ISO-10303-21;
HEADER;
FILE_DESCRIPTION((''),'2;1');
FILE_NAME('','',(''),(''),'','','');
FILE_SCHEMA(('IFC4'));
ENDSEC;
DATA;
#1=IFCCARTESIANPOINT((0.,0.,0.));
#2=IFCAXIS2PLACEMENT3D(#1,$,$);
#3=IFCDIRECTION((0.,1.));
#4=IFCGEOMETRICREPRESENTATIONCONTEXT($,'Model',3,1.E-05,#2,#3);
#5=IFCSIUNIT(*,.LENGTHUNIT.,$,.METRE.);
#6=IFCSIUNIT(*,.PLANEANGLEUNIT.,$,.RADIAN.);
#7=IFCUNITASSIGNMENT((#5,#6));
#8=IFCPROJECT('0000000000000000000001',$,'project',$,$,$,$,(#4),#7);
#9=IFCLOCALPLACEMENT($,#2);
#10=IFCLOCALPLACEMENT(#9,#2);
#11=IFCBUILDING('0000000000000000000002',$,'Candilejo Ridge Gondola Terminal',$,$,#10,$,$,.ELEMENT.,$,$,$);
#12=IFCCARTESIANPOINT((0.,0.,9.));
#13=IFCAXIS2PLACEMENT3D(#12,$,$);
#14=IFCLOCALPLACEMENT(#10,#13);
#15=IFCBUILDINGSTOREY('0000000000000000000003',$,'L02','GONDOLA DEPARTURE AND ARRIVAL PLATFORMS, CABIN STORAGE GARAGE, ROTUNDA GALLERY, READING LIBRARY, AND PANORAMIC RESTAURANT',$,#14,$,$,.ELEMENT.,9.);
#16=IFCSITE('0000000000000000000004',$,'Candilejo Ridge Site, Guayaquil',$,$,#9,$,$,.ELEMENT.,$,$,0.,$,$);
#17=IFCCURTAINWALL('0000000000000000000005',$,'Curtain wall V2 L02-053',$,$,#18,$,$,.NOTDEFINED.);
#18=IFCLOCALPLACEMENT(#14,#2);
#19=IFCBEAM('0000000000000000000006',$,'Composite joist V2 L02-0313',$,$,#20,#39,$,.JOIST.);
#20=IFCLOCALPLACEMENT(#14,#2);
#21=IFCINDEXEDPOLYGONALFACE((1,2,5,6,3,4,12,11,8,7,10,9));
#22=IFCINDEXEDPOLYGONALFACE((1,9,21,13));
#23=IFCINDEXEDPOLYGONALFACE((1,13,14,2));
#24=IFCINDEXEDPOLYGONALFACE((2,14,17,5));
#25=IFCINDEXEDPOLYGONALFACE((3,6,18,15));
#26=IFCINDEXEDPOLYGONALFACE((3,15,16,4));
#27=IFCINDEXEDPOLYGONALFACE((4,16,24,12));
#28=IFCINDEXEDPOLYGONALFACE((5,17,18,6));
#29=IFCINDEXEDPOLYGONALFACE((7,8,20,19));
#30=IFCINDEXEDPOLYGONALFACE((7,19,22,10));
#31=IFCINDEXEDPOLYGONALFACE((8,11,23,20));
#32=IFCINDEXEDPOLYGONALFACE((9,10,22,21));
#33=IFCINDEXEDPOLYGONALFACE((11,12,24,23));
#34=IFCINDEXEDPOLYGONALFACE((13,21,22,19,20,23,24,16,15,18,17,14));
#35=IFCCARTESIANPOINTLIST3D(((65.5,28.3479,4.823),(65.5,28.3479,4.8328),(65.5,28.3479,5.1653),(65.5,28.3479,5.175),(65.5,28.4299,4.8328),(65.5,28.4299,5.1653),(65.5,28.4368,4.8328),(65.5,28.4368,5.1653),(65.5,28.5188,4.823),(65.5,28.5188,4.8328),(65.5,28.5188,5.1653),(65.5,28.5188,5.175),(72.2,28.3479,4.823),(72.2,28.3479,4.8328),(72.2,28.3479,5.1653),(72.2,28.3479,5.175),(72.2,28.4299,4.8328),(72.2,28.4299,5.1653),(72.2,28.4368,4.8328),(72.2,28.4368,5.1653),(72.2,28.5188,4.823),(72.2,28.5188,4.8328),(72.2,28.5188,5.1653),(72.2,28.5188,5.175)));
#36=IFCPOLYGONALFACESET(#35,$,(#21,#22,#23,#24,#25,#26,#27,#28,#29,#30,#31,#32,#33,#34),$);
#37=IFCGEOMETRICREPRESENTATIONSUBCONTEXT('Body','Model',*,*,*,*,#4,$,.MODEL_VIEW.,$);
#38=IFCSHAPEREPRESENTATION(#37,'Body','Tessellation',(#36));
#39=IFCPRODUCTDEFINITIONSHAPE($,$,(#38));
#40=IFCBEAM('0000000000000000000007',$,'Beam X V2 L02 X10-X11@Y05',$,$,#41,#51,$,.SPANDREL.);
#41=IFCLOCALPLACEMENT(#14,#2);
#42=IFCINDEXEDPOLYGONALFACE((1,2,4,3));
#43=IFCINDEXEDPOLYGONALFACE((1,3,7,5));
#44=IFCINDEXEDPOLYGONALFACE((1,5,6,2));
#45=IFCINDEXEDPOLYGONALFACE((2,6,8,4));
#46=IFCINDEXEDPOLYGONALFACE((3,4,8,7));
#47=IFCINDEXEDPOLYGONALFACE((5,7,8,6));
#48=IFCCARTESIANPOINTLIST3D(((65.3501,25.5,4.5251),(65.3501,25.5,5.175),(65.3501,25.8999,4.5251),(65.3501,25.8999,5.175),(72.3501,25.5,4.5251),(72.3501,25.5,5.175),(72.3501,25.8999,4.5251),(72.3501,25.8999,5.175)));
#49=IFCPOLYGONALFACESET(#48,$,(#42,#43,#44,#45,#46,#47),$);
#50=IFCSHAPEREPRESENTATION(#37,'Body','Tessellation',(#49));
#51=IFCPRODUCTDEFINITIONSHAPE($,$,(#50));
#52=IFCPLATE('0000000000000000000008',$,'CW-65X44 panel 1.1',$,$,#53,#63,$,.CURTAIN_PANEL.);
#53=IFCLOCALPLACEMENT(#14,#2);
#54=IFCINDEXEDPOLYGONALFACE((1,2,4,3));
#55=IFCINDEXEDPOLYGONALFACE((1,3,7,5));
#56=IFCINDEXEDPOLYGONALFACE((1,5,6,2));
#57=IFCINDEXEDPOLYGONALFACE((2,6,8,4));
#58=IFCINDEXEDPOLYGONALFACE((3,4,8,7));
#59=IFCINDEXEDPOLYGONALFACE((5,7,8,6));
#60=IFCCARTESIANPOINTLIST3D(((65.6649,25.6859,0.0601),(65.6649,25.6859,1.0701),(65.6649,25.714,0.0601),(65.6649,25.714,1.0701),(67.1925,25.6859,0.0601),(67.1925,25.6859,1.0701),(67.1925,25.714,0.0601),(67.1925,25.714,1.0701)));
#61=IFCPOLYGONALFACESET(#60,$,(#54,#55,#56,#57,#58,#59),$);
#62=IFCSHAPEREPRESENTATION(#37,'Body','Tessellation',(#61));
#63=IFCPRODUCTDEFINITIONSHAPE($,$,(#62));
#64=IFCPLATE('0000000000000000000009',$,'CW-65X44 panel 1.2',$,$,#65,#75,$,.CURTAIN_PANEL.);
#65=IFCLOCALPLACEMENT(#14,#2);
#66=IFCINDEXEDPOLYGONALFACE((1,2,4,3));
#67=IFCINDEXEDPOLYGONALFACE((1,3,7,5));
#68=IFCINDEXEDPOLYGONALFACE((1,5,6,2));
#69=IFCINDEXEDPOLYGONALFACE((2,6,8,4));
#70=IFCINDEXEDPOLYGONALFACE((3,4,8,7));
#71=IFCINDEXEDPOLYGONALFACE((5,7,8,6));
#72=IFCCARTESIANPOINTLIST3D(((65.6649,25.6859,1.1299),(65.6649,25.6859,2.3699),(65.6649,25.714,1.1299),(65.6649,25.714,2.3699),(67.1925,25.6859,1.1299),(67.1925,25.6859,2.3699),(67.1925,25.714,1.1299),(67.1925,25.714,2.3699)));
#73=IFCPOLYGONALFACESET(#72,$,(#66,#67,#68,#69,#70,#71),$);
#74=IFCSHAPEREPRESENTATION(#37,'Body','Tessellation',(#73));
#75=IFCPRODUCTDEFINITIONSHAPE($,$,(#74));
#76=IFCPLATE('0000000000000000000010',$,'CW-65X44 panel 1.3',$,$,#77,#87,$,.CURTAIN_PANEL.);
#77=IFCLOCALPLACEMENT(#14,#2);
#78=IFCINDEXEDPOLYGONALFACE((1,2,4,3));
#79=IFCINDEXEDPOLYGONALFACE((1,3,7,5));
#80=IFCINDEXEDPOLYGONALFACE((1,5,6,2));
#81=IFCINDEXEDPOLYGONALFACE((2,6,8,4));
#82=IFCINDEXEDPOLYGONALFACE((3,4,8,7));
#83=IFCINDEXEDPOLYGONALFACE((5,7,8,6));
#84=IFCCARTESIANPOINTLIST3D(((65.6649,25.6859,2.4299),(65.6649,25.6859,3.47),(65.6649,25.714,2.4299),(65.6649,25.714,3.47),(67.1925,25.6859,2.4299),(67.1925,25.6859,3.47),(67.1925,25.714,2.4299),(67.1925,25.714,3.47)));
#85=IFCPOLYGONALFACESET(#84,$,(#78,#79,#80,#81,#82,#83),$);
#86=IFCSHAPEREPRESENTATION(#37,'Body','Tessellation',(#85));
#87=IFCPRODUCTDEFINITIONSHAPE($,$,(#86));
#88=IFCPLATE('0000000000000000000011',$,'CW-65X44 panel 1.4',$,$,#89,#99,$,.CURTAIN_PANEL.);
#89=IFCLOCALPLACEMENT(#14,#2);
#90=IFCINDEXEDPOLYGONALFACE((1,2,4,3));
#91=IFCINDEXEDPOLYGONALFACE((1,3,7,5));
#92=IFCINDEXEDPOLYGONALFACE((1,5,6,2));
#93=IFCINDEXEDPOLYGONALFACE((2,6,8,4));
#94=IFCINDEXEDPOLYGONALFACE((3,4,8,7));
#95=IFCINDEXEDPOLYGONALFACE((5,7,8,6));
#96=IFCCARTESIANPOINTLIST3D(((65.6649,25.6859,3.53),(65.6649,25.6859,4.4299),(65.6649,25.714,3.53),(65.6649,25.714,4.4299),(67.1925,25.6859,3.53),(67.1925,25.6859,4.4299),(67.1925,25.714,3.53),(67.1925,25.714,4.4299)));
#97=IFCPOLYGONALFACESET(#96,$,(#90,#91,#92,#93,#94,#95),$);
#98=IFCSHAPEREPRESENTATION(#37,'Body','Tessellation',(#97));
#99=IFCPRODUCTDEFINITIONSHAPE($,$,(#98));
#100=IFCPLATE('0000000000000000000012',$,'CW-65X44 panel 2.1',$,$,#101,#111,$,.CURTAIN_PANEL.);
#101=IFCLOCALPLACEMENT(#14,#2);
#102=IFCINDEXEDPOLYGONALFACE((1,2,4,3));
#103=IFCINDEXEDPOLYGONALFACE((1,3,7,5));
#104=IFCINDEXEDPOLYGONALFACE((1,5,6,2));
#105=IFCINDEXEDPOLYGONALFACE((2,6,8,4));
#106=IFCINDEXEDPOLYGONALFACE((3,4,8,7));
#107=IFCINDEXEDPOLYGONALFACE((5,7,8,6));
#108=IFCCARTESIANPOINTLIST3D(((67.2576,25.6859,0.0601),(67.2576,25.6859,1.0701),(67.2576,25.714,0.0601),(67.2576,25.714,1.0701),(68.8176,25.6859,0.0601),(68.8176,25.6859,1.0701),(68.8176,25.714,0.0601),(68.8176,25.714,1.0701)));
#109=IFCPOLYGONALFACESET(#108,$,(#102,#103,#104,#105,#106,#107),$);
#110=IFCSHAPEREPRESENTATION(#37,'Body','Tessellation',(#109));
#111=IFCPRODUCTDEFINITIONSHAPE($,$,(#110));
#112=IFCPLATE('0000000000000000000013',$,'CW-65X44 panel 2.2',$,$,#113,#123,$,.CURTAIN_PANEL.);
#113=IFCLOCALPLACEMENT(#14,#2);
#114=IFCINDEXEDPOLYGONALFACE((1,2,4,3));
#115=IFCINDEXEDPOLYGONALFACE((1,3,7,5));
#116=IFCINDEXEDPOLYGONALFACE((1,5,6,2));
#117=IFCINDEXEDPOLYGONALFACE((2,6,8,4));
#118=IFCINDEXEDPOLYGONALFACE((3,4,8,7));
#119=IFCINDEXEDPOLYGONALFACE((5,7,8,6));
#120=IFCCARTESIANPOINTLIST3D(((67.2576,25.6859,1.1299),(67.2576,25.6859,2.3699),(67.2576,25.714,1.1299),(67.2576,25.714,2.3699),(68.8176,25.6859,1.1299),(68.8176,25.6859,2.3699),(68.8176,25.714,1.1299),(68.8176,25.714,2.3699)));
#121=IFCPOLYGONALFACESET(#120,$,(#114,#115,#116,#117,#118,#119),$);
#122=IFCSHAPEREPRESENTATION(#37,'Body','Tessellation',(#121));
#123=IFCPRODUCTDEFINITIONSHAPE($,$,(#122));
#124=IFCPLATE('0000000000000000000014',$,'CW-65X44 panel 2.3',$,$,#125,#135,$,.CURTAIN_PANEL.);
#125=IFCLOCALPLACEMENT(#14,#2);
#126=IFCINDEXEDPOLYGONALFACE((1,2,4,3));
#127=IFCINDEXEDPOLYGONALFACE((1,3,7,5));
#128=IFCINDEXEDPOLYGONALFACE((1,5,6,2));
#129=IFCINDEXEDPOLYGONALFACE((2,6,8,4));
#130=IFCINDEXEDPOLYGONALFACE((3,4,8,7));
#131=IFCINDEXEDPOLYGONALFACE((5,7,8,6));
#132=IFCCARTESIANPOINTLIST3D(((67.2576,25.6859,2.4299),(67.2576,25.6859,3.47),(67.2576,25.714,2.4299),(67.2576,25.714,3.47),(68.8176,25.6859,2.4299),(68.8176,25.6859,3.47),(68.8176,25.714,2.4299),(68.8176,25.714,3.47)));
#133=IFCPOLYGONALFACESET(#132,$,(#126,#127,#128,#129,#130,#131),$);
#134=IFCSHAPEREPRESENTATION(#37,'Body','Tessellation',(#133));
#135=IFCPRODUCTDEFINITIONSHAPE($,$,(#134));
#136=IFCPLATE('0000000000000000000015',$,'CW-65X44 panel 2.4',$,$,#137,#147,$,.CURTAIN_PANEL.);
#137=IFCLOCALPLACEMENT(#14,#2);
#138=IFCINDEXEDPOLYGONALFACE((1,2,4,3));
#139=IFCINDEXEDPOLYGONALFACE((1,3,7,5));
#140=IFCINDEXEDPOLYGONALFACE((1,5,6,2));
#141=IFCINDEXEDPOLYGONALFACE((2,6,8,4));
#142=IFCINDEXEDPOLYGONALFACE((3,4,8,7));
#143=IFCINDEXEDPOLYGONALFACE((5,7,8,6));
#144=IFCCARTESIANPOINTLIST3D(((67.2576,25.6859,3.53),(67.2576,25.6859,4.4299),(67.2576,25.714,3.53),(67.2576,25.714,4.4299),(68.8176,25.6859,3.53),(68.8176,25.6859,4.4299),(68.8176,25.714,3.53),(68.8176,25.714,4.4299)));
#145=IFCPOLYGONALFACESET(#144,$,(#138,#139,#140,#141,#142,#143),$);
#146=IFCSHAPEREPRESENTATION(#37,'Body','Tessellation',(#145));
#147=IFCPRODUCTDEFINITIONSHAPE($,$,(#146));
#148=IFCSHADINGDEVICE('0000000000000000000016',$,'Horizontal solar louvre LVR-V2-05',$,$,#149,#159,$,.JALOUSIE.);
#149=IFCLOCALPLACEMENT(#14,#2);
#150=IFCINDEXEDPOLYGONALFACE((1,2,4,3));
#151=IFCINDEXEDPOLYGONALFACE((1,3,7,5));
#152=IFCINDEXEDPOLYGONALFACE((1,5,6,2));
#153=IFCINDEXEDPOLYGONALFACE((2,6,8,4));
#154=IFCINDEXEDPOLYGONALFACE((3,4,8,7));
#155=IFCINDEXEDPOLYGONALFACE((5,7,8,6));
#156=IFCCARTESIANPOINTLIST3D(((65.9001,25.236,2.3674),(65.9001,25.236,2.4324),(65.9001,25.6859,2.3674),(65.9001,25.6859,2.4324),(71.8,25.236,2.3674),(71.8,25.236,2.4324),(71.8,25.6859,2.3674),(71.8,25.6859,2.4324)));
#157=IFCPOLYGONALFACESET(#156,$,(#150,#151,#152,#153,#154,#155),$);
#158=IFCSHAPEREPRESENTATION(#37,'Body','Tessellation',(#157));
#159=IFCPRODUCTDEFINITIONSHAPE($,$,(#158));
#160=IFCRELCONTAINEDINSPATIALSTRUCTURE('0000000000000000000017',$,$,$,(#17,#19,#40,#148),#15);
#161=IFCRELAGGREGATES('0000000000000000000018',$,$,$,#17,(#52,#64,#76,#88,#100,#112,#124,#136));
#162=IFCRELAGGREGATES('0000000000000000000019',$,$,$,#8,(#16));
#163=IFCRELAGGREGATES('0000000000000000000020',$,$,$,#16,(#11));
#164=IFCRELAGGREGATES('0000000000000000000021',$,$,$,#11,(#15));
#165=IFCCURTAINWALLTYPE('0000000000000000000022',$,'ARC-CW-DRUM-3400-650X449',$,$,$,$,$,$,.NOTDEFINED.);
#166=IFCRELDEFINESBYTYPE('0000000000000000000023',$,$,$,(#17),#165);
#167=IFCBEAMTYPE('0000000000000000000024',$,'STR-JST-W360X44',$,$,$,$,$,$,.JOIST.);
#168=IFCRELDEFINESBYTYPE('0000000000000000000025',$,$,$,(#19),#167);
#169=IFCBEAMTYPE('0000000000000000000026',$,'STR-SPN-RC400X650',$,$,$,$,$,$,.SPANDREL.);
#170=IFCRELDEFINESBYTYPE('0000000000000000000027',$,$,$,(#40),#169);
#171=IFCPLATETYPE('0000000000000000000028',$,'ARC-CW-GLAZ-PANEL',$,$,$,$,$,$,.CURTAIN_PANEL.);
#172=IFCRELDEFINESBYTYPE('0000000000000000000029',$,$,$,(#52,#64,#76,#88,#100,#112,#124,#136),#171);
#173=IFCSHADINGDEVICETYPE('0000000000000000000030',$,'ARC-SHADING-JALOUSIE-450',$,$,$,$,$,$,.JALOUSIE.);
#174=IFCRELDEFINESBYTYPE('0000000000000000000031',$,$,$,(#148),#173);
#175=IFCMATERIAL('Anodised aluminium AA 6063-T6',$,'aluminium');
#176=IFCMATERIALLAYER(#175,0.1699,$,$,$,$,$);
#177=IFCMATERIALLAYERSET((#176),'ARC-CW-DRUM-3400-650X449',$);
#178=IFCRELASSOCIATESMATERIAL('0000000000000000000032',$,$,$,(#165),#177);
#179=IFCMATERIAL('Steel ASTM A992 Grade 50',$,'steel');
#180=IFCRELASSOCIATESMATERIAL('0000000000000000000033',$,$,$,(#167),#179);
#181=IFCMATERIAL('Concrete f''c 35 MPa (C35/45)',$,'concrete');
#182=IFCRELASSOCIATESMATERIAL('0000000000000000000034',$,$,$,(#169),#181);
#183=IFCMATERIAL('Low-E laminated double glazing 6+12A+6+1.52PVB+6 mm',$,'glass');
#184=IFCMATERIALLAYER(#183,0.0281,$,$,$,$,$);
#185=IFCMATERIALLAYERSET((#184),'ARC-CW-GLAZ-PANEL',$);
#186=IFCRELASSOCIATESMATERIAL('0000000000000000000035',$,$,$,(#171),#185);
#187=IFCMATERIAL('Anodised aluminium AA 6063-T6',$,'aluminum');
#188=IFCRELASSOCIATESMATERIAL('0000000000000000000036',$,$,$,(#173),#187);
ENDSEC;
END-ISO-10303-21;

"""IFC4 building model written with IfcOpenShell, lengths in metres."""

from ifc_helpers import new_model, si_unit, direction, frame, origin, origin_2d, place, context, subcontext, project, spatial, rectangle, i_section, extrude, material, layer, layer_set, material_profile, profile_set, type_object, element, aggregate, save


model = new_model("IFC4")

# Units and contexts
model_context = context("Model", 3, precision=1e-05, world=origin(), true_north=direction((0.0, 1.0)))
body_context = subcontext(model_context, "Body", "Model", "MODEL_VIEW")
ifc_project = project(units=[si_unit("LENGTHUNIT", "METRE"), si_unit("PLANEANGLEUNIT", "RADIAN")], contexts=[model_context])

# Site, building, storey
site_placement = place(None, origin())
site = spatial("IfcSite", under=ifc_project, at=site_placement, Name="Candilejo Ridge Site, Guayaquil", CompositionType="ELEMENT", RefElevation=0.0)
building_placement = place(site_placement, origin())
building = spatial("IfcBuilding", under=site, at=building_placement, Name="Candilejo Ridge Gondola Terminal", CompositionType="ELEMENT")
storey_placement = place(building_placement, frame((0.0, 0.0, 9.0)))
storey = spatial("IfcBuildingStorey", under=building, at=storey_placement, Name="L02", Description="GONDOLA DEPARTURE AND ARRIVAL PLATFORMS, CABIN STORAGE GARAGE, ROTUNDA GALLERY, READING LIBRARY, AND PANORAMIC RESTAURANT", CompositionType="ELEMENT", Elevation=9.0)

# Shared definitions
ifc_material_1 = material(Name="Anodised aluminium AA 6063-T6", Category="aluminium")
ifc_layer_1 = layer(ifc_material_1, 0.1699)
ifc_layer_set_1 = layer_set([ifc_layer_1], Name="ARC-CW-DRUM-3400-650X449")
curtain_wall_type = type_object("IfcCurtainWallType", Name="ARC-CW-DRUM-3400-650X449", PredefinedType="NOTDEFINED", material=ifc_layer_set_1)

# Curtain wall
curtain_wall_1_placement = place(storey_placement, origin())
curtain_wall_1 = element("IfcCurtainWall", 1, at=curtain_wall_1_placement, inside=storey, type_object=curtain_wall_type, Name="Curtain wall V2 L02-053", PredefinedType="NOTDEFINED")

# Beams
ifc_material_2 = material(Name="Steel ASTM A992 Grade 50", Category="steel")
ifc_material_profile_1 = material_profile(ifc_material_2, i_section(OverallWidth=0.1709, OverallDepth=0.3521, WebThickness=0.0068, FlangeThickness=0.0098, at=origin_2d()))
ifc_profile_set_1 = profile_set([ifc_material_profile_1], Name="Steel ASTM A992 Grade 50")
beam_type_1 = type_object("IfcBeamType", Name="STR-JST-W360X44", PredefinedType="JOIST", material=ifc_profile_set_1)
for number, where, z_axis, x_axis, name in (
    (2, (65.5, 28.4333, 4.999), (1.0, 0.0, 0.0), (0.0, 1.0, 0.0), "Composite joist V2 L02-0313"),
):
    element("IfcBeam", number, at=place(storey_placement, frame(where, z_axis=z_axis, x_axis=x_axis)), inside=storey, type_object=beam_type_1, Name=name, PredefinedType="JOIST", context=body_context, shape_type="SweptSolid", body=[
        extrude(i_section(OverallWidth=0.1709, OverallDepth=0.3521, WebThickness=0.0068, FlangeThickness=0.0098, at=origin_2d()), origin(), (0.0, 0.0, 1.0), 6.7),
    ])
ifc_material_3 = material(Name="Concrete f'c 35 MPa (C35/45)", Category="concrete")
ifc_material_profile_2 = material_profile(ifc_material_3, rectangle(XDim=0.3999, YDim=0.6499, at=origin_2d()))
ifc_profile_set_2 = profile_set([ifc_material_profile_2], Name="Concrete f'c 35 MPa (C35/45)")
beam_type_2 = type_object("IfcBeamType", Name="STR-SPN-RC400X650", PredefinedType="SPANDREL", material=ifc_profile_set_2)
beam_1_placement = place(storey_placement, frame((65.3501, 25.7, 4.8501), z_axis=(1.0, 0.0, 0.0), x_axis=(0.0, 1.0, 0.0)))
element("IfcBeam", 3, at=beam_1_placement, inside=storey, type_object=beam_type_2, Name="Beam X V2 L02 X10-X11@Y05", PredefinedType="SPANDREL", context=body_context, shape_type="SweptSolid", body=[
    extrude(rectangle(XDim=0.3999, YDim=0.6499, at=origin_2d()), origin(), (0.0, 0.0, 1.0), 7.0),
])

# Plates
ifc_material_4 = material(Name="Low-E laminated double glazing 6+12A+6+1.52PVB+6 mm", Category="glass")
ifc_layer_2 = layer(ifc_material_4, 0.0281)
ifc_layer_set_2 = layer_set([ifc_layer_2], Name="ARC-CW-GLAZ-PANEL")
plate_type = type_object("IfcPlateType", Name="ARC-CW-GLAZ-PANEL", PredefinedType="CURTAIN_PANEL", material=ifc_layer_set_2)
plate_1_placement = place(storey_placement, frame((66.4287, 25.7, 0.0601), z_axis=(0.0, 0.0, 1.0), x_axis=(1.0, 0.0, 0.0)))
plate_1 = element("IfcPlate", 4, at=plate_1_placement, type_object=plate_type, Name="CW-65X44 panel 1.1", PredefinedType="CURTAIN_PANEL", context=body_context, shape_type="SweptSolid", body=[
    extrude(rectangle(XDim=1.5276, YDim=0.0281, at=origin_2d()), origin(), (0.0, 0.0, 1.0), 1.01),
])
plate_2_placement = place(storey_placement, frame((66.4287, 25.7, 1.1299), z_axis=(0.0, 0.0, 1.0), x_axis=(1.0, 0.0, 0.0)))
plate_2 = element("IfcPlate", 5, at=plate_2_placement, type_object=plate_type, Name="CW-65X44 panel 1.2", PredefinedType="CURTAIN_PANEL", context=body_context, shape_type="SweptSolid", body=[
    extrude(rectangle(XDim=1.5276, YDim=0.0281, at=origin_2d()), origin(), (0.0, 0.0, 1.0), 1.24),
])
plate_3_placement = place(storey_placement, frame((66.4287, 25.7, 2.4299), z_axis=(0.0, 0.0, 1.0), x_axis=(1.0, 0.0, 0.0)))
plate_3 = element("IfcPlate", 6, at=plate_3_placement, type_object=plate_type, Name="CW-65X44 panel 1.3", PredefinedType="CURTAIN_PANEL", context=body_context, shape_type="SweptSolid", body=[
    extrude(rectangle(XDim=1.5276, YDim=0.0281, at=origin_2d()), origin(), (0.0, 0.0, 1.0), 1.04),
])
plate_4_placement = place(storey_placement, frame((66.4287, 25.7, 3.53), z_axis=(0.0, 0.0, 1.0), x_axis=(1.0, 0.0, 0.0)))
plate_4 = element("IfcPlate", 7, at=plate_4_placement, type_object=plate_type, Name="CW-65X44 panel 1.4", PredefinedType="CURTAIN_PANEL", context=body_context, shape_type="SweptSolid", body=[
    extrude(rectangle(XDim=1.5276, YDim=0.0281, at=origin_2d()), origin(), (0.0, 0.0, 1.0), 0.8999),
])
plate_5_placement = place(storey_placement, frame((68.0376, 25.7, 0.0601), z_axis=(0.0, 0.0, 1.0), x_axis=(1.0, 0.0, 0.0)))
plate_5 = element("IfcPlate", 8, at=plate_5_placement, type_object=plate_type, Name="CW-65X44 panel 2.1", PredefinedType="CURTAIN_PANEL", context=body_context, shape_type="SweptSolid", body=[
    extrude(rectangle(XDim=1.5601, YDim=0.0281, at=origin_2d()), origin(), (0.0, 0.0, 1.0), 1.01),
])
plate_6_placement = place(storey_placement, frame((68.0376, 25.7, 1.1299), z_axis=(0.0, 0.0, 1.0), x_axis=(1.0, 0.0, 0.0)))
plate_6 = element("IfcPlate", 9, at=plate_6_placement, type_object=plate_type, Name="CW-65X44 panel 2.2", PredefinedType="CURTAIN_PANEL", context=body_context, shape_type="SweptSolid", body=[
    extrude(rectangle(XDim=1.5601, YDim=0.0281, at=origin_2d()), origin(), (0.0, 0.0, 1.0), 1.24),
])
plate_7_placement = place(storey_placement, frame((68.0376, 25.7, 2.4299), z_axis=(0.0, 0.0, 1.0), x_axis=(1.0, 0.0, 0.0)))
plate_7 = element("IfcPlate", 10, at=plate_7_placement, type_object=plate_type, Name="CW-65X44 panel 2.3", PredefinedType="CURTAIN_PANEL", context=body_context, shape_type="SweptSolid", body=[
    extrude(rectangle(XDim=1.5601, YDim=0.0281, at=origin_2d()), origin(), (0.0, 0.0, 1.0), 1.04),
])
plate_8_placement = place(storey_placement, frame((68.0376, 25.7, 3.53), z_axis=(0.0, 0.0, 1.0), x_axis=(1.0, 0.0, 0.0)))
plate_8 = element("IfcPlate", 11, at=plate_8_placement, type_object=plate_type, Name="CW-65X44 panel 2.4", PredefinedType="CURTAIN_PANEL", context=body_context, shape_type="SweptSolid", body=[
    extrude(rectangle(XDim=1.5601, YDim=0.0281, at=origin_2d()), origin(), (0.0, 0.0, 1.0), 0.8999),
])
aggregate(curtain_wall_1, [plate_1, plate_2, plate_3, plate_4, plate_5, plate_6, plate_7, plate_8])

# Shading device
ifc_material_5 = material(Name="Anodised aluminium AA 6063-T6", Category="aluminum")
shading_device_type = type_object("IfcShadingDeviceType", Name="ARC-SHADING-JALOUSIE-450", PredefinedType="JALOUSIE", material=ifc_material_5)
shading_device_placement = place(storey_placement, frame((68.8501, 25.4609, 2.3674)))
element("IfcShadingDevice", 12, at=shading_device_placement, inside=storey, type_object=shading_device_type, Name="Horizontal solar louvre LVR-V2-05", PredefinedType="JALOUSIE", context=body_context, shape_type="SweptSolid", body=[
    extrude(rectangle(XDim=5.8999, YDim=0.45, at=origin_2d()), origin(), (0.0, 0.0, 1.0), 0.0649),
])

save(model, "model.ifc")
